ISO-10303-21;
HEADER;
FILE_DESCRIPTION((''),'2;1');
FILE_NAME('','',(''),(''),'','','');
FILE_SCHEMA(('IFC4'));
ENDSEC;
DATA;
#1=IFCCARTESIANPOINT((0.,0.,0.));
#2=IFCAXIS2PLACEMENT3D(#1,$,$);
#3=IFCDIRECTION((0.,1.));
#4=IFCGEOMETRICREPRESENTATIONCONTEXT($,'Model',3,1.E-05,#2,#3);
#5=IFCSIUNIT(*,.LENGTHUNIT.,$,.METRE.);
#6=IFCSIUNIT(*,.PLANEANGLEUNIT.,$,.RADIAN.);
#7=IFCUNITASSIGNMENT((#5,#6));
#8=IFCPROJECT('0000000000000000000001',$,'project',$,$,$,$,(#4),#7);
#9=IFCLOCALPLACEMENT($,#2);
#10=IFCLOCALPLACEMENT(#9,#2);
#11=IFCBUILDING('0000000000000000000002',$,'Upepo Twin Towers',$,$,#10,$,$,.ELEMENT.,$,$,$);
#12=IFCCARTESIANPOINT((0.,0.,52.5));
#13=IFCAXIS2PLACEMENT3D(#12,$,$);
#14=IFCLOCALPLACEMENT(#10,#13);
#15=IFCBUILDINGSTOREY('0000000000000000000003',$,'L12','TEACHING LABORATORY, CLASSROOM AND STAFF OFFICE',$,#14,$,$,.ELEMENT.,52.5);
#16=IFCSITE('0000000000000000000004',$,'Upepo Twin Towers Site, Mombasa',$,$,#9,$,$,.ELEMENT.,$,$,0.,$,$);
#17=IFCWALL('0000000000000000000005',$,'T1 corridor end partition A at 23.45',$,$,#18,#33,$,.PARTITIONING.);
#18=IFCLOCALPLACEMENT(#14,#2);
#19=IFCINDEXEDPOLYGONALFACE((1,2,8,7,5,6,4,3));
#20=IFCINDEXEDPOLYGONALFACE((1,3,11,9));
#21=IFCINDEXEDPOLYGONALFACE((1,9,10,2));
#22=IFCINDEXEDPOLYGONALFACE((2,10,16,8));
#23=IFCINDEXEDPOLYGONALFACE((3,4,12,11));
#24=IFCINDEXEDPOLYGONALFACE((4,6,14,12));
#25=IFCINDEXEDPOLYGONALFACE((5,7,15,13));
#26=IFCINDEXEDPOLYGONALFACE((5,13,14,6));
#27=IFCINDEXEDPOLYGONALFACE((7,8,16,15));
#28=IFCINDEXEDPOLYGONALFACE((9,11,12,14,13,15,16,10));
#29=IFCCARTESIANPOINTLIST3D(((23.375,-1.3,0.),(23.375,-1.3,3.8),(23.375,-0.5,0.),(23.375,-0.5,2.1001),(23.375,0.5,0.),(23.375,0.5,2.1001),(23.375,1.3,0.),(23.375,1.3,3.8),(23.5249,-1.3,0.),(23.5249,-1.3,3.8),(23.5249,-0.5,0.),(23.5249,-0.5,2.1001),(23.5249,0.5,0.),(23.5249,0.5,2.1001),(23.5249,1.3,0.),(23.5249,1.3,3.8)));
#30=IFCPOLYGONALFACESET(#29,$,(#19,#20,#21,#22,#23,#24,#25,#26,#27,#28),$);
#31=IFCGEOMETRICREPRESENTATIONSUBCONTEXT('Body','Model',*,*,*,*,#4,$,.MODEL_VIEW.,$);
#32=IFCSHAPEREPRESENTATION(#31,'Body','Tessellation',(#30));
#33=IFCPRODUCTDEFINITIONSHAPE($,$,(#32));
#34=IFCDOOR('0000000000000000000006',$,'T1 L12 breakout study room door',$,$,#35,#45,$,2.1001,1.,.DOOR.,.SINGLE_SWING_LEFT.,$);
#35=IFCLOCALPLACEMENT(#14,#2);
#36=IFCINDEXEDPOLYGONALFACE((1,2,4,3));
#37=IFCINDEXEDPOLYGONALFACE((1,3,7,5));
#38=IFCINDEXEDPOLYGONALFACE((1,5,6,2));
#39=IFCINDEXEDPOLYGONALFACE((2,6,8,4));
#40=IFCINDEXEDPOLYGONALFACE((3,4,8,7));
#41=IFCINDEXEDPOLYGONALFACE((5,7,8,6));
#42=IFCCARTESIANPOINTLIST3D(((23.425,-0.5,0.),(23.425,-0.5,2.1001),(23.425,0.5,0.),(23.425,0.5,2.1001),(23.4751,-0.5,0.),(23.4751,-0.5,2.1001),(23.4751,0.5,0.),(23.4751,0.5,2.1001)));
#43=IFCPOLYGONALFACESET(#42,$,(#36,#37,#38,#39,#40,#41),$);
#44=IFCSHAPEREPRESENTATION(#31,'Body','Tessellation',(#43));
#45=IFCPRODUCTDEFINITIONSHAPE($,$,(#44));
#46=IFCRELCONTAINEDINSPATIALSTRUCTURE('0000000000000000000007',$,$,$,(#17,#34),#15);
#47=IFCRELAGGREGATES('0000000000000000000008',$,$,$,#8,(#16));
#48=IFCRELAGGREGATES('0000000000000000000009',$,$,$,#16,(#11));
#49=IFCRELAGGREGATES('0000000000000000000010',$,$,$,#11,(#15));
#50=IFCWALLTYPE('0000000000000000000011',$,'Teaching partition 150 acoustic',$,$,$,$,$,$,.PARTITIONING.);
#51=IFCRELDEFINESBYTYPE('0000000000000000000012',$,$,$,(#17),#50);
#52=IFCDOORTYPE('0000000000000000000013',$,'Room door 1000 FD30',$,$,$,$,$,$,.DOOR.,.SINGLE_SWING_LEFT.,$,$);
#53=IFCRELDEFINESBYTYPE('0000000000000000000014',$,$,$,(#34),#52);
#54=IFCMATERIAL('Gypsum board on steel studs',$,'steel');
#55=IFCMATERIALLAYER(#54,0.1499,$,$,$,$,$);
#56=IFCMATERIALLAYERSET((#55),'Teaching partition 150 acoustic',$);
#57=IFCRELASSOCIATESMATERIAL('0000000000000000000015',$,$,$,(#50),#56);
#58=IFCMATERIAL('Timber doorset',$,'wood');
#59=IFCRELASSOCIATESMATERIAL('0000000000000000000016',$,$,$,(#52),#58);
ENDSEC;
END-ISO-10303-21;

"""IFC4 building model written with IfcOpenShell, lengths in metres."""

from ifc_helpers import new_model, si_unit, direction, frame, frame_2d, origin, place, context, subcontext, project, spatial, rectangle, extrude, material, layer, layer_set, type_object, element, fill, save


model = new_model("IFC4")

# Units and contexts
model_context = context("Model", 3, precision=1e-05, world=origin(), true_north=direction((0.0, 1.0)))
body_context = subcontext(model_context, "Body", "Model", "MODEL_VIEW")
ifc_project = project(units=[si_unit("LENGTHUNIT", "METRE"), si_unit("PLANEANGLEUNIT", "RADIAN")], contexts=[model_context])

# Site, building, storey
site_placement = place(None, origin())
site = spatial("IfcSite", under=ifc_project, at=site_placement, Name="Upepo Twin Towers Site, Mombasa", CompositionType="ELEMENT", RefElevation=0.0)
building_placement = place(site_placement, origin())
building = spatial("IfcBuilding", under=site, at=building_placement, Name="Upepo Twin Towers", CompositionType="ELEMENT")
storey_placement = place(building_placement, frame((0.0, 0.0, 52.5)))
storey = spatial("IfcBuildingStorey", under=building, at=storey_placement, Name="L12", Description="TEACHING LABORATORY, CLASSROOM AND STAFF OFFICE", CompositionType="ELEMENT", Elevation=52.5)

# Shared definitions
ifc_material_1 = material(Name="Gypsum board on steel studs", Category="steel")
ifc_layer_1 = layer(ifc_material_1, 0.1499)
ifc_layer_set_1 = layer_set([ifc_layer_1], Name="Teaching partition 150 acoustic")
wall_type_1 = type_object("IfcWallType", Name="Teaching partition 150 acoustic", PredefinedType="PARTITIONING", material=ifc_layer_set_1)

# Shared definitions
ifc_material_2 = material(Name="Timber doorset", Category="wood")
door_type = type_object("IfcDoorType", Name="Room door 1000 FD30", OperationType="SINGLE_SWING_LEFT", PredefinedType="DOOR", material=ifc_material_2)

# Wall, opening, door
wall_1_placement = place(storey_placement, frame((23.45, -1.3, 0.0), z_axis=(0.0, 0.0, 1.0), x_axis=(0.0, 1.0, 0.0)))
wall_1 = element("IfcWall", 1, at=wall_1_placement, inside=storey, type_object=wall_type_1, Name="T1 corridor end partition A at 23.45", PredefinedType="PARTITIONING", context=body_context, shape_type="SweptSolid", body=[
    extrude(rectangle(XDim=2.6001, YDim=0.1499, at=frame_2d((1.3, 0.0))), origin(), (0.0, 0.0, 1.0), 3.8),
])
opening_1_placement = place(wall_1_placement, frame((0.8, 0.0, 0.0)))
opening_1 = element("IfcOpeningElement", 2, at=opening_1_placement, cuts=wall_1, PredefinedType="OPENING", context=body_context, shape_type="SweptSolid", body=[
    extrude(rectangle(XDim=1.0, YDim=2.1001, at=frame_2d((0.5, 1.05))), frame((0.0, 0.085, 0.0), z_axis=(0.0, -1.0, 0.0), x_axis=(1.0, 0.0, 0.0)), (0.0, 0.0, 1.0), 0.1699),
])
door_1_placement = place(opening_1_placement, origin())
door_1 = element("IfcDoor", 3, at=door_1_placement, inside=storey, type_object=door_type, Name="T1 L12 breakout study room door", OperationType="SINGLE_SWING_LEFT", OverallHeight=2.1001, OverallWidth=1.0, PredefinedType="DOOR", context=body_context, shape_type="SweptSolid", body=[
    extrude(rectangle(XDim=1.0, YDim=2.1001, at=frame_2d((0.5, 1.05))), frame((0.0, 0.0249, 0.0), z_axis=(0.0, -1.0, 0.0), x_axis=(1.0, 0.0, 0.0)), (0.0, 0.0, 1.0), 0.05),
])
fill(opening_1, door_1)

save(model, "model.ifc")
